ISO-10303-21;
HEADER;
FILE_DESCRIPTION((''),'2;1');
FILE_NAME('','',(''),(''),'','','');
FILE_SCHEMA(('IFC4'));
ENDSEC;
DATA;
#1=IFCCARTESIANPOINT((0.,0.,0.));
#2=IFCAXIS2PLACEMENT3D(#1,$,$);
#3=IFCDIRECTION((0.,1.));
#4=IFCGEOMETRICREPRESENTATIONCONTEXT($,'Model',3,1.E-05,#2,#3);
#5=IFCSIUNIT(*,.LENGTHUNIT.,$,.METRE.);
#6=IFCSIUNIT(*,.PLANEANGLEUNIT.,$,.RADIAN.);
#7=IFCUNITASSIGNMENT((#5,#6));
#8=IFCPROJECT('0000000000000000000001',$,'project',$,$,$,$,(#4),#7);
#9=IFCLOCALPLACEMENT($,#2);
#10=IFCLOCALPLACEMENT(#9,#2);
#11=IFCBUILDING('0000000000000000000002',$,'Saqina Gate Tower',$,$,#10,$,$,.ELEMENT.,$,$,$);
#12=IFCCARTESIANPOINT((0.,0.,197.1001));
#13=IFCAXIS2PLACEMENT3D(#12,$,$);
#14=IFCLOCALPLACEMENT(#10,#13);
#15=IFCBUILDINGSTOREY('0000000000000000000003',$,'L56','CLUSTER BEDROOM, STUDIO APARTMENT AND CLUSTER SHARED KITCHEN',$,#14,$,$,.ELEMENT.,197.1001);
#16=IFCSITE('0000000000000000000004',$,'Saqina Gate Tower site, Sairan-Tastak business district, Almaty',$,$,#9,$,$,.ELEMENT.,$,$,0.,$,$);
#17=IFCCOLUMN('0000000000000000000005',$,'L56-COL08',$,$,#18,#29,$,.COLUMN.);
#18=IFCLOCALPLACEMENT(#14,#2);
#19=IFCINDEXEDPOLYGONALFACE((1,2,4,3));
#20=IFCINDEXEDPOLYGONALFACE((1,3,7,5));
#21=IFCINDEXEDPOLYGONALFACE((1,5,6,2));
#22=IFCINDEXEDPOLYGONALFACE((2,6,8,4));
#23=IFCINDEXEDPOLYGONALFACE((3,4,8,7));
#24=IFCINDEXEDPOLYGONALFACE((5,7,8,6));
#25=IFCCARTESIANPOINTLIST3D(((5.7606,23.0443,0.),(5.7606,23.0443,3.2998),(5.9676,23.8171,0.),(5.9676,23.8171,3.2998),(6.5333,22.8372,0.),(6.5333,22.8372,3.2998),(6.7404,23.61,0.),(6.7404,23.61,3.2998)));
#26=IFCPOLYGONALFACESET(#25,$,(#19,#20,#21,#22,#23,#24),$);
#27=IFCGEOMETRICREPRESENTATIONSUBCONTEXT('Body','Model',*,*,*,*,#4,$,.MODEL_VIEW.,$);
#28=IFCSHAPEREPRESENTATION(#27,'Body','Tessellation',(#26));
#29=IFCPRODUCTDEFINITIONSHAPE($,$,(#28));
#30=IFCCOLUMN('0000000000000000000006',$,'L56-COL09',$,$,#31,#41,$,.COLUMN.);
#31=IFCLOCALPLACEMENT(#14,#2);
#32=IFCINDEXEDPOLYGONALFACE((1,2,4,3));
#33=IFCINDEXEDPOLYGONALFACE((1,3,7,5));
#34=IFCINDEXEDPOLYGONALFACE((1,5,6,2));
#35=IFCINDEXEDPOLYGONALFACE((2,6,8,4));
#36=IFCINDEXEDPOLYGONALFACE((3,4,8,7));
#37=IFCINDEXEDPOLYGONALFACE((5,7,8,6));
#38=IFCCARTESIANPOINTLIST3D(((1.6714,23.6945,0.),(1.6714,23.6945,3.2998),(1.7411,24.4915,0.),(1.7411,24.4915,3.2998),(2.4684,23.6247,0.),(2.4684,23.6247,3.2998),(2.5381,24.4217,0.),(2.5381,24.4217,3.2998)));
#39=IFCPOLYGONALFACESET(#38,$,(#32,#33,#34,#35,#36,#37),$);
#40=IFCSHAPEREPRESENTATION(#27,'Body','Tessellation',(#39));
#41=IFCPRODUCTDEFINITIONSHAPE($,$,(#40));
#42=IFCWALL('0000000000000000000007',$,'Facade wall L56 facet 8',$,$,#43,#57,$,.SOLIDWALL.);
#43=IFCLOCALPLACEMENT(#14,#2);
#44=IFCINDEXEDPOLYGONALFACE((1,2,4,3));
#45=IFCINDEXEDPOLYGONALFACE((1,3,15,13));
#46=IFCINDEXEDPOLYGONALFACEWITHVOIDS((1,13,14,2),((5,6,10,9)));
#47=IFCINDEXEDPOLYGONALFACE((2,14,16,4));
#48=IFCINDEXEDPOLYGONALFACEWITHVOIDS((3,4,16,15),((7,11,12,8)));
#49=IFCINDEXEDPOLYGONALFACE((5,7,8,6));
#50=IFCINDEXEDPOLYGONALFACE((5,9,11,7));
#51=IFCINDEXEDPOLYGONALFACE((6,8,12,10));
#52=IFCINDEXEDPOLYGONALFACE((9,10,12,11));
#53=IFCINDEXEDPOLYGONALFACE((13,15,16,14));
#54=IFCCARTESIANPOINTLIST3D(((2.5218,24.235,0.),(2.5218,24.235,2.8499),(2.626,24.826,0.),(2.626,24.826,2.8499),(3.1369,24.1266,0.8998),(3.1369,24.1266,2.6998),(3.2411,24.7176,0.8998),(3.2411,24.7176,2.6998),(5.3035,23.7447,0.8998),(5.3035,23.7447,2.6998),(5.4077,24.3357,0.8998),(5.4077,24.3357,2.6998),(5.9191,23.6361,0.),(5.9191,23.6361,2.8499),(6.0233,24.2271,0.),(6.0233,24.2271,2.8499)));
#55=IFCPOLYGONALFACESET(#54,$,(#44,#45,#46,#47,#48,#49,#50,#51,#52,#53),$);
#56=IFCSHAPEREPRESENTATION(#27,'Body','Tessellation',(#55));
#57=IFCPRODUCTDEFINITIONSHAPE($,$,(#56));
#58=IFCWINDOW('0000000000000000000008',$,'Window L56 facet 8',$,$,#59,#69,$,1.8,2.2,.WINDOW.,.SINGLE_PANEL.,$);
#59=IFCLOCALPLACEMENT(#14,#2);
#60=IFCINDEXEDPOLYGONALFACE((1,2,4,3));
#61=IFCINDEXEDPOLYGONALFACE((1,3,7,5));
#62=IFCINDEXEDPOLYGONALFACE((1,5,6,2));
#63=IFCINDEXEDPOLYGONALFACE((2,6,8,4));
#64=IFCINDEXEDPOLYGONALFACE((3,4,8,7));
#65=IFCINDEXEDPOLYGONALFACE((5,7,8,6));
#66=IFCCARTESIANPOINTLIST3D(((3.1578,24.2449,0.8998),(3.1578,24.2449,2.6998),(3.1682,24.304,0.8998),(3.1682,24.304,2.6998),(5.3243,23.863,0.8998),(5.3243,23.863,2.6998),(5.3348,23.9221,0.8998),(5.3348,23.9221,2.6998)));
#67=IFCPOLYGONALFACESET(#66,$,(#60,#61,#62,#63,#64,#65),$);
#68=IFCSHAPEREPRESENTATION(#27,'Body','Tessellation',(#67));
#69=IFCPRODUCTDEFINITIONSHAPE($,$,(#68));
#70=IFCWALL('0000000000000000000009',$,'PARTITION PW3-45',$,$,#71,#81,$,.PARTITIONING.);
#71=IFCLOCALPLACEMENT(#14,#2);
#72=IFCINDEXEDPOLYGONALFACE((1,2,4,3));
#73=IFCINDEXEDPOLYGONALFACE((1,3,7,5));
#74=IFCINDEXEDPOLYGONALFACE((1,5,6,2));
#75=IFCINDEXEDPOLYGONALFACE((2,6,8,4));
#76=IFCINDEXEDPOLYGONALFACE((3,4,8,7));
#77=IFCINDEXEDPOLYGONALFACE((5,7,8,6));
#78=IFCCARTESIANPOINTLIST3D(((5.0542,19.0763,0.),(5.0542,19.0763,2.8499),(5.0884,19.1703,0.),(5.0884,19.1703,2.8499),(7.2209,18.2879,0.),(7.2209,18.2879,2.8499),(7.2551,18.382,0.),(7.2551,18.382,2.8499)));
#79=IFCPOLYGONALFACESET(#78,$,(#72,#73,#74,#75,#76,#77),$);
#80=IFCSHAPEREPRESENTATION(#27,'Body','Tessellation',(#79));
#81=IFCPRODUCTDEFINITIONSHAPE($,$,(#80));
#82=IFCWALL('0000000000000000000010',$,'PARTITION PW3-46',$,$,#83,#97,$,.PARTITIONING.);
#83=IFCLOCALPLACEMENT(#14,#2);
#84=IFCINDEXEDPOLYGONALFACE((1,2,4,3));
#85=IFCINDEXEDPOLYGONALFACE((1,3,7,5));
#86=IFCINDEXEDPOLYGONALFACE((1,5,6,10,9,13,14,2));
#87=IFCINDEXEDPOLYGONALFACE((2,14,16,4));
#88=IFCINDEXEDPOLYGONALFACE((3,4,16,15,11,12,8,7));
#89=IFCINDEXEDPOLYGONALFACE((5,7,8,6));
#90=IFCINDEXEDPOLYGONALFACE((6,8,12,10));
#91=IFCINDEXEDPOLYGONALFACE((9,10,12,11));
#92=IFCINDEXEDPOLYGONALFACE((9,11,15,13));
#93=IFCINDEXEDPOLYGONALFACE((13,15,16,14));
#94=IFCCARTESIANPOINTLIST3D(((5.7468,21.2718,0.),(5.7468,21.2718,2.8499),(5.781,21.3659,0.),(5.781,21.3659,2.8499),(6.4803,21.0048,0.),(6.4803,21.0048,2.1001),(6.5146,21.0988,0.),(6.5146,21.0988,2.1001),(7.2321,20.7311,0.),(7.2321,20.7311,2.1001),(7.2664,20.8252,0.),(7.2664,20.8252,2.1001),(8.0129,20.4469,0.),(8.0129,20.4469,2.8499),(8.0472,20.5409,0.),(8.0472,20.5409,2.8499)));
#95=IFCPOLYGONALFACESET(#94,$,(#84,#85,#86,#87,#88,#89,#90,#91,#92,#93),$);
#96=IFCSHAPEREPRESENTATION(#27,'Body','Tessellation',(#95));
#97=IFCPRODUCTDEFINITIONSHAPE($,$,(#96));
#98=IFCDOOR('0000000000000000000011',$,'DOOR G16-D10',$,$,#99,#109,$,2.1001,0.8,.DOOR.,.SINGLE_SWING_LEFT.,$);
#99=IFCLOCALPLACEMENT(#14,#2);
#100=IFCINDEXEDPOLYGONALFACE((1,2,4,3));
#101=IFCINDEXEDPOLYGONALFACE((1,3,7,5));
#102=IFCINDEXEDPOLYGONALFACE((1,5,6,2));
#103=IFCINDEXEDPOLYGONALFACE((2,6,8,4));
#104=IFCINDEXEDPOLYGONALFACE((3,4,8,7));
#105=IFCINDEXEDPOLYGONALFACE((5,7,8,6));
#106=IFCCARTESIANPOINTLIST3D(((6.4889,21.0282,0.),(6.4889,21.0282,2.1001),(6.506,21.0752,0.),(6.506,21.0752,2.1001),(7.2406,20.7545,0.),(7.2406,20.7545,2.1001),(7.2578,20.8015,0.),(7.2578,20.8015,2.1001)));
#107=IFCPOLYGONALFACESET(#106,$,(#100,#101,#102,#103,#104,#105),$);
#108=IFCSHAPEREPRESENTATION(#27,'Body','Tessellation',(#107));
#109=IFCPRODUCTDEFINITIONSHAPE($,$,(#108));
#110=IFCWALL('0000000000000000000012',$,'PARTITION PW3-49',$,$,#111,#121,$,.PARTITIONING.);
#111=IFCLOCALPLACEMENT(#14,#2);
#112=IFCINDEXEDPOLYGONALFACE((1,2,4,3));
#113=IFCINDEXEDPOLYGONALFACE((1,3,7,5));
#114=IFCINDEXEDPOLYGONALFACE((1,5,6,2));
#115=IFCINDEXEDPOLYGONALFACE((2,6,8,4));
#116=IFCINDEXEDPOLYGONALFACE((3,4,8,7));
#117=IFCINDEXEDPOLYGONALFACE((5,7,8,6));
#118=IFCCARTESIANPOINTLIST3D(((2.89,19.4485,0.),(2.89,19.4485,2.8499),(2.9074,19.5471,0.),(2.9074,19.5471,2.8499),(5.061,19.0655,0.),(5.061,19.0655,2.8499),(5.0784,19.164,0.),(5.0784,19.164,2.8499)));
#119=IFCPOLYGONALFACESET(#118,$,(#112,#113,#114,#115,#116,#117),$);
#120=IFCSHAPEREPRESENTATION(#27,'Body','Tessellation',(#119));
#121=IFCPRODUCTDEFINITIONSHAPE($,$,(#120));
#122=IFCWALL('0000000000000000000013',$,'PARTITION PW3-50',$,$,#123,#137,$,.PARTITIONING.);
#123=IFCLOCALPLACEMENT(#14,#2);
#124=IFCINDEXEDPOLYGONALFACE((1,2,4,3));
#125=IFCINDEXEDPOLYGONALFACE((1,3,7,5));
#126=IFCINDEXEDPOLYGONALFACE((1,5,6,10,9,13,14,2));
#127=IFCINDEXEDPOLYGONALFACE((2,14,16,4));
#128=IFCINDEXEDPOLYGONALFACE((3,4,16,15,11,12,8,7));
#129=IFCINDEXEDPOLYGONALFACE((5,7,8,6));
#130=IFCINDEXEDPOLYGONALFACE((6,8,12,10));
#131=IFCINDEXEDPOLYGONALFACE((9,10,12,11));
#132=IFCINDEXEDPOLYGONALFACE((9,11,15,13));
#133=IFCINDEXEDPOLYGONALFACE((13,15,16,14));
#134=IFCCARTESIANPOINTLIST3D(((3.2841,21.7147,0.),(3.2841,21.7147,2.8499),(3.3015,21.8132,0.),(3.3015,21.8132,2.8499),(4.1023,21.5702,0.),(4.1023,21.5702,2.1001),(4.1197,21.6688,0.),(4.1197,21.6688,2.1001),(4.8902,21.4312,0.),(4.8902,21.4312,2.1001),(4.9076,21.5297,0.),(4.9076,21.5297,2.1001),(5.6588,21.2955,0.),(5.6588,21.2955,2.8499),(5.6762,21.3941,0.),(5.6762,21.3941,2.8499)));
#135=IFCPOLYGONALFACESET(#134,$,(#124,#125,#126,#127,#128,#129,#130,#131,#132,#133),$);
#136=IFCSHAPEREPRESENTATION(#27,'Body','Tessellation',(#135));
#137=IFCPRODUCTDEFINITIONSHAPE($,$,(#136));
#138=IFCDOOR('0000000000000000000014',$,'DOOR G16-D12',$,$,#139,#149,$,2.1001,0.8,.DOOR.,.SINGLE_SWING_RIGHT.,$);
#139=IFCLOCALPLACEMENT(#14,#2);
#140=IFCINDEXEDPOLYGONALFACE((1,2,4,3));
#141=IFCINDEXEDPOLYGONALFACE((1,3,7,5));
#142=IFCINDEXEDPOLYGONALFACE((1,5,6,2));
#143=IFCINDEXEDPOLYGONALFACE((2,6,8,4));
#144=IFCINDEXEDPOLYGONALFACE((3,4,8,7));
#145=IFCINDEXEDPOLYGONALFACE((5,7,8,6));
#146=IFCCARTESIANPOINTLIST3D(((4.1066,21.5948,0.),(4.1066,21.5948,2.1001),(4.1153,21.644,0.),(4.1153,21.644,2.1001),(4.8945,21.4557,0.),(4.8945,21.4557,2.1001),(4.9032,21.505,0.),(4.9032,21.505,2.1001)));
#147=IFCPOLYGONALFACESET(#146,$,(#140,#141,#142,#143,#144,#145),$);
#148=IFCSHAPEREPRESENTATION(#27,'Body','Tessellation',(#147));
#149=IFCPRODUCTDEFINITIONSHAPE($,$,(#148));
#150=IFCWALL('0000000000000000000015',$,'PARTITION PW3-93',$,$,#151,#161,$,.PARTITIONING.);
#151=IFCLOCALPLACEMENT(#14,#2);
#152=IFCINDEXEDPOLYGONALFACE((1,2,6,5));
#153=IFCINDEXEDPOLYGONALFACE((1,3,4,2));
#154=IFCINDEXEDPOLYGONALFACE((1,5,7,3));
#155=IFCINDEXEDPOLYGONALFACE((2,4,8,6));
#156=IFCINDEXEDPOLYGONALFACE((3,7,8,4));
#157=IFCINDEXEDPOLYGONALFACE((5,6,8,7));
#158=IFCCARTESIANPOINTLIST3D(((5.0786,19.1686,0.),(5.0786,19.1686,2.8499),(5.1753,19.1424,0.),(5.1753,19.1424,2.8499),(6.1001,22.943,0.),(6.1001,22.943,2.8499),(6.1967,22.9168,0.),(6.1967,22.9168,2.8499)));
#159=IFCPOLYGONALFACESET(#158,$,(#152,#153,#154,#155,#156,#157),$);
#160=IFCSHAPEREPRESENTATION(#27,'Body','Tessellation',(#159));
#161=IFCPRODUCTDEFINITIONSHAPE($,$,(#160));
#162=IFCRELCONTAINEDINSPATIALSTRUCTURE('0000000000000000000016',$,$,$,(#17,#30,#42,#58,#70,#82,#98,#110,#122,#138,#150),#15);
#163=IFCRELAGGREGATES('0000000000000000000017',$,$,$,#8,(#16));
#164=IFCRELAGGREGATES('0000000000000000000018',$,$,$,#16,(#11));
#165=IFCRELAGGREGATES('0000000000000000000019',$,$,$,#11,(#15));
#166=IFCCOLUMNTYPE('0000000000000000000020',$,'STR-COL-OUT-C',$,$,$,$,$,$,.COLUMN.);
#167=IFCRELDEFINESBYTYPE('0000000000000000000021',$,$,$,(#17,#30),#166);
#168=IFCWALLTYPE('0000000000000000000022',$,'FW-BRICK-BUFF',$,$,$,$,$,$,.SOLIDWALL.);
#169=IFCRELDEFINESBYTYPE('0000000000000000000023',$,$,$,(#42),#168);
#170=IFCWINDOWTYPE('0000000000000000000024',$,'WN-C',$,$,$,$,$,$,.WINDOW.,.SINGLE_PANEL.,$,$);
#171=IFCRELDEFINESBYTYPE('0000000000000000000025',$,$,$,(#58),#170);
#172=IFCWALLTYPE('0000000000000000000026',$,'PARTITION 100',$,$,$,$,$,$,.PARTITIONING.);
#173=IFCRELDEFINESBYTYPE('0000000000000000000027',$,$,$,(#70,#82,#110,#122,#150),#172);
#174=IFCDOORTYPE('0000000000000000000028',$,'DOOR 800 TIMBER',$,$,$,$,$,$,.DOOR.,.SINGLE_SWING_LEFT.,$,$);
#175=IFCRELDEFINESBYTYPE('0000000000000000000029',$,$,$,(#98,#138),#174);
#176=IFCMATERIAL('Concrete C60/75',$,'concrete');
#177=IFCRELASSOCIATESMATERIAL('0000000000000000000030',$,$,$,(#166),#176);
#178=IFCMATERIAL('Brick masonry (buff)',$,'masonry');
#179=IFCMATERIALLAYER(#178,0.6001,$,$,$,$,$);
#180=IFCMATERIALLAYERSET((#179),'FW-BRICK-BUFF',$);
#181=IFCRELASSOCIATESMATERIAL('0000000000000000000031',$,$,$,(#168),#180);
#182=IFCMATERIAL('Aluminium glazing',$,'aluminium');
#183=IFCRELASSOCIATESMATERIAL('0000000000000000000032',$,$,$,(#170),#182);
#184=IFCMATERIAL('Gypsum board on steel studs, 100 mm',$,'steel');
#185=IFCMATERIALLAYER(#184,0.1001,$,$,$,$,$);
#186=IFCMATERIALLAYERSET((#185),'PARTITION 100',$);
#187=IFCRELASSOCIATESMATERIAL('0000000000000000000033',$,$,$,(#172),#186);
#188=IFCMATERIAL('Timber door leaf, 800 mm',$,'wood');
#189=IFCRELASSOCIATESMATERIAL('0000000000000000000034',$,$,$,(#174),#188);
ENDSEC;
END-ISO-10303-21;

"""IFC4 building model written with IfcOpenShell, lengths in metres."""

from ifc_helpers import new_model, si_unit, direction, frame, frame_2d, origin, origin_2d, place, context, subcontext, project, spatial, rectangle, extrude, material, layer, layer_set, material_profile, profile_set, type_object, element, fill, save


model = new_model("IFC4")

# Units and contexts
model_context = context("Model", 3, precision=1e-05, world=origin(), true_north=direction((0.0, 1.0)))
body_context = subcontext(model_context, "Body", "Model", "MODEL_VIEW")
ifc_project = project(units=[si_unit("LENGTHUNIT", "METRE"), si_unit("PLANEANGLEUNIT", "RADIAN")], contexts=[model_context])

# Site, building, storey
site_placement = place(None, origin())
site = spatial("IfcSite", under=ifc_project, at=site_placement, Name="Saqina Gate Tower site, Sairan-Tastak business district, Almaty", CompositionType="ELEMENT", RefElevation=0.0)
building_placement = place(site_placement, origin())
building = spatial("IfcBuilding", under=site, at=building_placement, Name="Saqina Gate Tower", CompositionType="ELEMENT")
storey_placement = place(building_placement, frame((0.0, 0.0, 197.1001)))
storey = spatial("IfcBuildingStorey", under=building, at=storey_placement, Name="L56", Description="CLUSTER BEDROOM, STUDIO APARTMENT AND CLUSTER SHARED KITCHEN", CompositionType="ELEMENT", Elevation=197.1001)

# Columns
ifc_material_1 = material(Name="Concrete C60/75", Category="concrete")
ifc_material_profile = material_profile(ifc_material_1, rectangle(XDim=0.8, YDim=0.8, at=origin_2d()), Name="RC 800x800")
ifc_profile_set = profile_set([ifc_material_profile], Name="Concrete C60/75")
column_type = type_object("IfcColumnType", Name="STR-COL-OUT-C", PredefinedType="COLUMN", material=ifc_profile_set)
for number, where, z_axis, x_axis, name in (
    (1, (6.2505, 23.3271, 0.0), (0.0, 0.0, 1.0), (0.258819, 0.965926, 0.0), "L56-COL08"),
    (2, (2.1047, 24.0581, 0.0), (0.0, 0.0, 1.0), (0.087156, 0.996195, 0.0), "L56-COL09"),
):
    element("IfcColumn", number, at=place(storey_placement, frame(where, z_axis=z_axis, x_axis=x_axis)), inside=storey, type_object=column_type, Name=name, PredefinedType="COLUMN", context=body_context, shape_type="SweptSolid", body=[
        extrude(rectangle(XDim=0.8, YDim=0.8, at=origin_2d()), origin(), (0.0, 0.0, 1.0), 3.2998),
    ])

# Wall, opening, window
ifc_material_2 = material(Name="Brick masonry (buff)", Category="masonry")
ifc_layer_1 = layer(ifc_material_2, 0.6001)
ifc_layer_set_1 = layer_set([ifc_layer_1], Name="FW-BRICK-BUFF")
wall_type_1 = type_object("IfcWallType", Name="FW-BRICK-BUFF", PredefinedType="SOLIDWALL", material=ifc_layer_set_1)
wall_1_placement = place(storey_placement, frame((5.9712, 23.9316, 0.0), z_axis=(0.0, 0.0, 1.0), x_axis=(-0.984815, 0.173608, 0.0)))
wall_1 = element("IfcWall", 3, at=wall_1_placement, inside=storey, type_object=wall_type_1, Name="Facade wall L56 facet 8", PredefinedType="SOLIDWALL", context=body_context, shape_type="SweptSolid", body=[
    extrude(rectangle(XDim=3.4497, YDim=0.6001, at=frame_2d((1.7249, 0.0))), origin(), (0.0, 0.0, 1.0), 2.8499),
])
opening_1_placement = place(wall_1_placement, frame((0.625, 0.0, 0.8999)))
opening_1 = element("IfcOpeningElement", 4, at=opening_1_placement, cuts=wall_1, PredefinedType="OPENING", context=body_context, shape_type="SweptSolid", body=[
    extrude(rectangle(XDim=2.2, YDim=1.8, at=frame_2d((1.1001, 0.8999))), frame((0.0, 0.312, 0.0), z_axis=(0.0, -1.0, 0.0), x_axis=(1.0, 0.0, 0.0)), (0.0, 0.0, 1.0), 0.624),
])
ifc_material_3 = material(Name="Aluminium glazing", Category="aluminium")
window_type = type_object("IfcWindowType", Name="WN-C", PartitioningType="SINGLE_PANEL", PredefinedType="WINDOW", material=ifc_material_3)
window_placement = place(opening_1_placement, origin())
window = element("IfcWindow", 5, at=window_placement, inside=storey, type_object=window_type, Name="Window L56 facet 8", OverallHeight=1.8, OverallWidth=2.2, PartitioningType="SINGLE_PANEL", PredefinedType="WINDOW", context=body_context, shape_type="SweptSolid", body=[
    extrude(rectangle(XDim=2.2, YDim=1.8, at=frame_2d((1.1001, 0.8999))), frame((0.0, 0.1799, 0.0), z_axis=(0.0, -1.0, 0.0), x_axis=(1.0, 0.0, 0.0)), (0.0, 0.0, 1.0), 0.0601),
])
fill(opening_1, window)

# Wall
ifc_material_4 = material(Name="Gypsum board on steel studs, 100 mm", Category="steel")
ifc_layer_2 = layer(ifc_material_4, 0.1001)
ifc_layer_set_2 = layer_set([ifc_layer_2], Name="PARTITION 100")
wall_type_2 = type_object("IfcWallType", Name="PARTITION 100", PredefinedType="PARTITIONING", material=ifc_layer_set_2)
wall_2_placement = place(storey_placement, frame((5.0713, 19.1233, 0.0), z_axis=(0.0, 0.0, 1.0), x_axis=(0.939735, -0.341905, 0.0)))
element("IfcWall", 6, at=wall_2_placement, inside=storey, type_object=wall_type_2, Name="PARTITION PW3-45", PredefinedType="PARTITIONING", context=body_context, shape_type="SweptSolid", body=[
    extrude(rectangle(XDim=2.3057, YDim=0.1001, at=frame_2d((1.1528, 0.0))), origin(), (0.0, 0.0, 1.0), 2.8499),
])

# Wall, opening, door
wall_3_placement = place(storey_placement, frame((5.7639, 21.3188, 0.0), z_axis=(0.0, 0.0, 1.0), x_axis=(0.939672, -0.342076, 0.0)))
wall_3 = element("IfcWall", 7, at=wall_3_placement, inside=storey, type_object=wall_type_2, Name="PARTITION PW3-46", PredefinedType="PARTITIONING", context=body_context, shape_type="SweptSolid", body=[
    extrude(rectangle(XDim=2.4116, YDim=0.1001, at=frame_2d((1.2058, 0.0))), origin(), (0.0, 0.0, 1.0), 2.8499),
])
opening_2_placement = place(wall_3_placement, frame((0.7808, 0.0, 0.0)))
opening_2 = element("IfcOpeningElement", 8, at=opening_2_placement, cuts=wall_3, PredefinedType="OPENING", context=body_context, shape_type="SweptSolid", body=[
    extrude(rectangle(XDim=0.8, YDim=2.1001, at=frame_2d((0.3999, 1.05))), frame((0.0, 0.062, 0.0), z_axis=(0.0, -1.0, 0.0), x_axis=(1.0, 0.0, 0.0)), (0.0, 0.0, 1.0), 0.124),
])
ifc_material_5 = material(Name="Timber door leaf, 800 mm", Category="wood")
door_type_1 = type_object("IfcDoorType", Name="DOOR 800 TIMBER", OperationType="SINGLE_SWING_LEFT", PredefinedType="DOOR", material=ifc_material_5)
door_1_placement = place(opening_2_placement, origin())
door_1 = element("IfcDoor", 9, at=door_1_placement, inside=storey, type_object=door_type_1, Name="DOOR G16-D10", OperationType="SINGLE_SWING_LEFT", OverallHeight=2.1001, OverallWidth=0.8, PredefinedType="DOOR", context=body_context, shape_type="SweptSolid", body=[
    extrude(rectangle(XDim=0.8, YDim=2.1001, at=frame_2d((0.3999, 1.05))), frame((0.0, 0.0249, 0.0), z_axis=(0.0, -1.0, 0.0), x_axis=(1.0, 0.0, 0.0)), (0.0, 0.0, 1.0), 0.05),
])
fill(opening_2, door_1)

# Wall
wall_4_placement = place(storey_placement, frame((2.8987, 19.4978, 0.0), z_axis=(0.0, 0.0, 1.0), x_axis=(0.98479, -0.173747, 0.0)))
element("IfcWall", 10, at=wall_4_placement, inside=storey, type_object=wall_type_2, Name="PARTITION PW3-49", PredefinedType="PARTITIONING", context=body_context, shape_type="SweptSolid", body=[
    extrude(rectangle(XDim=2.2046, YDim=0.1001, at=frame_2d((1.1023, 0.0))), origin(), (0.0, 0.0, 1.0), 2.8499),
])

# Wall, opening, door
wall_5_placement = place(storey_placement, frame((3.293, 21.7639, 0.0), z_axis=(0.0, 0.0, 1.0), x_axis=(0.984775, -0.173832, 0.0)))
wall_5 = element("IfcWall", 11, at=wall_5_placement, inside=storey, type_object=wall_type_2, Name="PARTITION PW3-50", PredefinedType="PARTITIONING", context=body_context, shape_type="SweptSolid", body=[
    extrude(rectangle(XDim=2.4114, YDim=0.1001, at=frame_2d((1.2056, 0.0))), origin(), (0.0, 0.0, 1.0), 2.8499),
])
opening_3_placement = place(wall_5_placement, frame((0.8308, 0.0, 0.0)))
opening_3 = element("IfcOpeningElement", 12, at=opening_3_placement, cuts=wall_5, PredefinedType="OPENING", context=body_context, shape_type="SweptSolid", body=[
    extrude(rectangle(XDim=0.8, YDim=2.1001, at=frame_2d((0.3999, 1.05))), frame((0.0, 0.062, 0.0), z_axis=(0.0, -1.0, 0.0), x_axis=(1.0, 0.0, 0.0)), (0.0, 0.0, 1.0), 0.124),
])
door_2_placement = place(opening_3_placement, origin())
door_2 = element("IfcDoor", 13, at=door_2_placement, inside=storey, type_object=door_type_1, Name="DOOR G16-D12", OperationType="SINGLE_SWING_RIGHT", OverallHeight=2.1001, OverallWidth=0.8, PredefinedType="DOOR", context=body_context, shape_type="SweptSolid", body=[
    extrude(rectangle(XDim=0.8, YDim=2.1001, at=frame_2d((0.3999, 1.05))), frame((0.0, 0.0249, 0.0), z_axis=(0.0, -1.0, 0.0), x_axis=(1.0, 0.0, 0.0)), (0.0, 0.0, 1.0), 0.05),
])
fill(opening_3, door_2)

# Wall
wall_6_placement = place(storey_placement, frame((5.127, 19.1555, 0.0), z_axis=(0.0, 0.0, 1.0), x_axis=(0.261236, 0.965275, 0.0)))
element("IfcWall", 14, at=wall_6_placement, inside=storey, type_object=wall_type_2, Name="PARTITION PW3-93", PredefinedType="PARTITIONING", context=body_context, shape_type="SweptSolid", body=[
    extrude(rectangle(XDim=3.9102, YDim=0.1001, at=frame_2d((1.9551, 0.0))), origin(), (0.0, 0.0, 1.0), 2.8499),
])

save(model, "model.ifc")
